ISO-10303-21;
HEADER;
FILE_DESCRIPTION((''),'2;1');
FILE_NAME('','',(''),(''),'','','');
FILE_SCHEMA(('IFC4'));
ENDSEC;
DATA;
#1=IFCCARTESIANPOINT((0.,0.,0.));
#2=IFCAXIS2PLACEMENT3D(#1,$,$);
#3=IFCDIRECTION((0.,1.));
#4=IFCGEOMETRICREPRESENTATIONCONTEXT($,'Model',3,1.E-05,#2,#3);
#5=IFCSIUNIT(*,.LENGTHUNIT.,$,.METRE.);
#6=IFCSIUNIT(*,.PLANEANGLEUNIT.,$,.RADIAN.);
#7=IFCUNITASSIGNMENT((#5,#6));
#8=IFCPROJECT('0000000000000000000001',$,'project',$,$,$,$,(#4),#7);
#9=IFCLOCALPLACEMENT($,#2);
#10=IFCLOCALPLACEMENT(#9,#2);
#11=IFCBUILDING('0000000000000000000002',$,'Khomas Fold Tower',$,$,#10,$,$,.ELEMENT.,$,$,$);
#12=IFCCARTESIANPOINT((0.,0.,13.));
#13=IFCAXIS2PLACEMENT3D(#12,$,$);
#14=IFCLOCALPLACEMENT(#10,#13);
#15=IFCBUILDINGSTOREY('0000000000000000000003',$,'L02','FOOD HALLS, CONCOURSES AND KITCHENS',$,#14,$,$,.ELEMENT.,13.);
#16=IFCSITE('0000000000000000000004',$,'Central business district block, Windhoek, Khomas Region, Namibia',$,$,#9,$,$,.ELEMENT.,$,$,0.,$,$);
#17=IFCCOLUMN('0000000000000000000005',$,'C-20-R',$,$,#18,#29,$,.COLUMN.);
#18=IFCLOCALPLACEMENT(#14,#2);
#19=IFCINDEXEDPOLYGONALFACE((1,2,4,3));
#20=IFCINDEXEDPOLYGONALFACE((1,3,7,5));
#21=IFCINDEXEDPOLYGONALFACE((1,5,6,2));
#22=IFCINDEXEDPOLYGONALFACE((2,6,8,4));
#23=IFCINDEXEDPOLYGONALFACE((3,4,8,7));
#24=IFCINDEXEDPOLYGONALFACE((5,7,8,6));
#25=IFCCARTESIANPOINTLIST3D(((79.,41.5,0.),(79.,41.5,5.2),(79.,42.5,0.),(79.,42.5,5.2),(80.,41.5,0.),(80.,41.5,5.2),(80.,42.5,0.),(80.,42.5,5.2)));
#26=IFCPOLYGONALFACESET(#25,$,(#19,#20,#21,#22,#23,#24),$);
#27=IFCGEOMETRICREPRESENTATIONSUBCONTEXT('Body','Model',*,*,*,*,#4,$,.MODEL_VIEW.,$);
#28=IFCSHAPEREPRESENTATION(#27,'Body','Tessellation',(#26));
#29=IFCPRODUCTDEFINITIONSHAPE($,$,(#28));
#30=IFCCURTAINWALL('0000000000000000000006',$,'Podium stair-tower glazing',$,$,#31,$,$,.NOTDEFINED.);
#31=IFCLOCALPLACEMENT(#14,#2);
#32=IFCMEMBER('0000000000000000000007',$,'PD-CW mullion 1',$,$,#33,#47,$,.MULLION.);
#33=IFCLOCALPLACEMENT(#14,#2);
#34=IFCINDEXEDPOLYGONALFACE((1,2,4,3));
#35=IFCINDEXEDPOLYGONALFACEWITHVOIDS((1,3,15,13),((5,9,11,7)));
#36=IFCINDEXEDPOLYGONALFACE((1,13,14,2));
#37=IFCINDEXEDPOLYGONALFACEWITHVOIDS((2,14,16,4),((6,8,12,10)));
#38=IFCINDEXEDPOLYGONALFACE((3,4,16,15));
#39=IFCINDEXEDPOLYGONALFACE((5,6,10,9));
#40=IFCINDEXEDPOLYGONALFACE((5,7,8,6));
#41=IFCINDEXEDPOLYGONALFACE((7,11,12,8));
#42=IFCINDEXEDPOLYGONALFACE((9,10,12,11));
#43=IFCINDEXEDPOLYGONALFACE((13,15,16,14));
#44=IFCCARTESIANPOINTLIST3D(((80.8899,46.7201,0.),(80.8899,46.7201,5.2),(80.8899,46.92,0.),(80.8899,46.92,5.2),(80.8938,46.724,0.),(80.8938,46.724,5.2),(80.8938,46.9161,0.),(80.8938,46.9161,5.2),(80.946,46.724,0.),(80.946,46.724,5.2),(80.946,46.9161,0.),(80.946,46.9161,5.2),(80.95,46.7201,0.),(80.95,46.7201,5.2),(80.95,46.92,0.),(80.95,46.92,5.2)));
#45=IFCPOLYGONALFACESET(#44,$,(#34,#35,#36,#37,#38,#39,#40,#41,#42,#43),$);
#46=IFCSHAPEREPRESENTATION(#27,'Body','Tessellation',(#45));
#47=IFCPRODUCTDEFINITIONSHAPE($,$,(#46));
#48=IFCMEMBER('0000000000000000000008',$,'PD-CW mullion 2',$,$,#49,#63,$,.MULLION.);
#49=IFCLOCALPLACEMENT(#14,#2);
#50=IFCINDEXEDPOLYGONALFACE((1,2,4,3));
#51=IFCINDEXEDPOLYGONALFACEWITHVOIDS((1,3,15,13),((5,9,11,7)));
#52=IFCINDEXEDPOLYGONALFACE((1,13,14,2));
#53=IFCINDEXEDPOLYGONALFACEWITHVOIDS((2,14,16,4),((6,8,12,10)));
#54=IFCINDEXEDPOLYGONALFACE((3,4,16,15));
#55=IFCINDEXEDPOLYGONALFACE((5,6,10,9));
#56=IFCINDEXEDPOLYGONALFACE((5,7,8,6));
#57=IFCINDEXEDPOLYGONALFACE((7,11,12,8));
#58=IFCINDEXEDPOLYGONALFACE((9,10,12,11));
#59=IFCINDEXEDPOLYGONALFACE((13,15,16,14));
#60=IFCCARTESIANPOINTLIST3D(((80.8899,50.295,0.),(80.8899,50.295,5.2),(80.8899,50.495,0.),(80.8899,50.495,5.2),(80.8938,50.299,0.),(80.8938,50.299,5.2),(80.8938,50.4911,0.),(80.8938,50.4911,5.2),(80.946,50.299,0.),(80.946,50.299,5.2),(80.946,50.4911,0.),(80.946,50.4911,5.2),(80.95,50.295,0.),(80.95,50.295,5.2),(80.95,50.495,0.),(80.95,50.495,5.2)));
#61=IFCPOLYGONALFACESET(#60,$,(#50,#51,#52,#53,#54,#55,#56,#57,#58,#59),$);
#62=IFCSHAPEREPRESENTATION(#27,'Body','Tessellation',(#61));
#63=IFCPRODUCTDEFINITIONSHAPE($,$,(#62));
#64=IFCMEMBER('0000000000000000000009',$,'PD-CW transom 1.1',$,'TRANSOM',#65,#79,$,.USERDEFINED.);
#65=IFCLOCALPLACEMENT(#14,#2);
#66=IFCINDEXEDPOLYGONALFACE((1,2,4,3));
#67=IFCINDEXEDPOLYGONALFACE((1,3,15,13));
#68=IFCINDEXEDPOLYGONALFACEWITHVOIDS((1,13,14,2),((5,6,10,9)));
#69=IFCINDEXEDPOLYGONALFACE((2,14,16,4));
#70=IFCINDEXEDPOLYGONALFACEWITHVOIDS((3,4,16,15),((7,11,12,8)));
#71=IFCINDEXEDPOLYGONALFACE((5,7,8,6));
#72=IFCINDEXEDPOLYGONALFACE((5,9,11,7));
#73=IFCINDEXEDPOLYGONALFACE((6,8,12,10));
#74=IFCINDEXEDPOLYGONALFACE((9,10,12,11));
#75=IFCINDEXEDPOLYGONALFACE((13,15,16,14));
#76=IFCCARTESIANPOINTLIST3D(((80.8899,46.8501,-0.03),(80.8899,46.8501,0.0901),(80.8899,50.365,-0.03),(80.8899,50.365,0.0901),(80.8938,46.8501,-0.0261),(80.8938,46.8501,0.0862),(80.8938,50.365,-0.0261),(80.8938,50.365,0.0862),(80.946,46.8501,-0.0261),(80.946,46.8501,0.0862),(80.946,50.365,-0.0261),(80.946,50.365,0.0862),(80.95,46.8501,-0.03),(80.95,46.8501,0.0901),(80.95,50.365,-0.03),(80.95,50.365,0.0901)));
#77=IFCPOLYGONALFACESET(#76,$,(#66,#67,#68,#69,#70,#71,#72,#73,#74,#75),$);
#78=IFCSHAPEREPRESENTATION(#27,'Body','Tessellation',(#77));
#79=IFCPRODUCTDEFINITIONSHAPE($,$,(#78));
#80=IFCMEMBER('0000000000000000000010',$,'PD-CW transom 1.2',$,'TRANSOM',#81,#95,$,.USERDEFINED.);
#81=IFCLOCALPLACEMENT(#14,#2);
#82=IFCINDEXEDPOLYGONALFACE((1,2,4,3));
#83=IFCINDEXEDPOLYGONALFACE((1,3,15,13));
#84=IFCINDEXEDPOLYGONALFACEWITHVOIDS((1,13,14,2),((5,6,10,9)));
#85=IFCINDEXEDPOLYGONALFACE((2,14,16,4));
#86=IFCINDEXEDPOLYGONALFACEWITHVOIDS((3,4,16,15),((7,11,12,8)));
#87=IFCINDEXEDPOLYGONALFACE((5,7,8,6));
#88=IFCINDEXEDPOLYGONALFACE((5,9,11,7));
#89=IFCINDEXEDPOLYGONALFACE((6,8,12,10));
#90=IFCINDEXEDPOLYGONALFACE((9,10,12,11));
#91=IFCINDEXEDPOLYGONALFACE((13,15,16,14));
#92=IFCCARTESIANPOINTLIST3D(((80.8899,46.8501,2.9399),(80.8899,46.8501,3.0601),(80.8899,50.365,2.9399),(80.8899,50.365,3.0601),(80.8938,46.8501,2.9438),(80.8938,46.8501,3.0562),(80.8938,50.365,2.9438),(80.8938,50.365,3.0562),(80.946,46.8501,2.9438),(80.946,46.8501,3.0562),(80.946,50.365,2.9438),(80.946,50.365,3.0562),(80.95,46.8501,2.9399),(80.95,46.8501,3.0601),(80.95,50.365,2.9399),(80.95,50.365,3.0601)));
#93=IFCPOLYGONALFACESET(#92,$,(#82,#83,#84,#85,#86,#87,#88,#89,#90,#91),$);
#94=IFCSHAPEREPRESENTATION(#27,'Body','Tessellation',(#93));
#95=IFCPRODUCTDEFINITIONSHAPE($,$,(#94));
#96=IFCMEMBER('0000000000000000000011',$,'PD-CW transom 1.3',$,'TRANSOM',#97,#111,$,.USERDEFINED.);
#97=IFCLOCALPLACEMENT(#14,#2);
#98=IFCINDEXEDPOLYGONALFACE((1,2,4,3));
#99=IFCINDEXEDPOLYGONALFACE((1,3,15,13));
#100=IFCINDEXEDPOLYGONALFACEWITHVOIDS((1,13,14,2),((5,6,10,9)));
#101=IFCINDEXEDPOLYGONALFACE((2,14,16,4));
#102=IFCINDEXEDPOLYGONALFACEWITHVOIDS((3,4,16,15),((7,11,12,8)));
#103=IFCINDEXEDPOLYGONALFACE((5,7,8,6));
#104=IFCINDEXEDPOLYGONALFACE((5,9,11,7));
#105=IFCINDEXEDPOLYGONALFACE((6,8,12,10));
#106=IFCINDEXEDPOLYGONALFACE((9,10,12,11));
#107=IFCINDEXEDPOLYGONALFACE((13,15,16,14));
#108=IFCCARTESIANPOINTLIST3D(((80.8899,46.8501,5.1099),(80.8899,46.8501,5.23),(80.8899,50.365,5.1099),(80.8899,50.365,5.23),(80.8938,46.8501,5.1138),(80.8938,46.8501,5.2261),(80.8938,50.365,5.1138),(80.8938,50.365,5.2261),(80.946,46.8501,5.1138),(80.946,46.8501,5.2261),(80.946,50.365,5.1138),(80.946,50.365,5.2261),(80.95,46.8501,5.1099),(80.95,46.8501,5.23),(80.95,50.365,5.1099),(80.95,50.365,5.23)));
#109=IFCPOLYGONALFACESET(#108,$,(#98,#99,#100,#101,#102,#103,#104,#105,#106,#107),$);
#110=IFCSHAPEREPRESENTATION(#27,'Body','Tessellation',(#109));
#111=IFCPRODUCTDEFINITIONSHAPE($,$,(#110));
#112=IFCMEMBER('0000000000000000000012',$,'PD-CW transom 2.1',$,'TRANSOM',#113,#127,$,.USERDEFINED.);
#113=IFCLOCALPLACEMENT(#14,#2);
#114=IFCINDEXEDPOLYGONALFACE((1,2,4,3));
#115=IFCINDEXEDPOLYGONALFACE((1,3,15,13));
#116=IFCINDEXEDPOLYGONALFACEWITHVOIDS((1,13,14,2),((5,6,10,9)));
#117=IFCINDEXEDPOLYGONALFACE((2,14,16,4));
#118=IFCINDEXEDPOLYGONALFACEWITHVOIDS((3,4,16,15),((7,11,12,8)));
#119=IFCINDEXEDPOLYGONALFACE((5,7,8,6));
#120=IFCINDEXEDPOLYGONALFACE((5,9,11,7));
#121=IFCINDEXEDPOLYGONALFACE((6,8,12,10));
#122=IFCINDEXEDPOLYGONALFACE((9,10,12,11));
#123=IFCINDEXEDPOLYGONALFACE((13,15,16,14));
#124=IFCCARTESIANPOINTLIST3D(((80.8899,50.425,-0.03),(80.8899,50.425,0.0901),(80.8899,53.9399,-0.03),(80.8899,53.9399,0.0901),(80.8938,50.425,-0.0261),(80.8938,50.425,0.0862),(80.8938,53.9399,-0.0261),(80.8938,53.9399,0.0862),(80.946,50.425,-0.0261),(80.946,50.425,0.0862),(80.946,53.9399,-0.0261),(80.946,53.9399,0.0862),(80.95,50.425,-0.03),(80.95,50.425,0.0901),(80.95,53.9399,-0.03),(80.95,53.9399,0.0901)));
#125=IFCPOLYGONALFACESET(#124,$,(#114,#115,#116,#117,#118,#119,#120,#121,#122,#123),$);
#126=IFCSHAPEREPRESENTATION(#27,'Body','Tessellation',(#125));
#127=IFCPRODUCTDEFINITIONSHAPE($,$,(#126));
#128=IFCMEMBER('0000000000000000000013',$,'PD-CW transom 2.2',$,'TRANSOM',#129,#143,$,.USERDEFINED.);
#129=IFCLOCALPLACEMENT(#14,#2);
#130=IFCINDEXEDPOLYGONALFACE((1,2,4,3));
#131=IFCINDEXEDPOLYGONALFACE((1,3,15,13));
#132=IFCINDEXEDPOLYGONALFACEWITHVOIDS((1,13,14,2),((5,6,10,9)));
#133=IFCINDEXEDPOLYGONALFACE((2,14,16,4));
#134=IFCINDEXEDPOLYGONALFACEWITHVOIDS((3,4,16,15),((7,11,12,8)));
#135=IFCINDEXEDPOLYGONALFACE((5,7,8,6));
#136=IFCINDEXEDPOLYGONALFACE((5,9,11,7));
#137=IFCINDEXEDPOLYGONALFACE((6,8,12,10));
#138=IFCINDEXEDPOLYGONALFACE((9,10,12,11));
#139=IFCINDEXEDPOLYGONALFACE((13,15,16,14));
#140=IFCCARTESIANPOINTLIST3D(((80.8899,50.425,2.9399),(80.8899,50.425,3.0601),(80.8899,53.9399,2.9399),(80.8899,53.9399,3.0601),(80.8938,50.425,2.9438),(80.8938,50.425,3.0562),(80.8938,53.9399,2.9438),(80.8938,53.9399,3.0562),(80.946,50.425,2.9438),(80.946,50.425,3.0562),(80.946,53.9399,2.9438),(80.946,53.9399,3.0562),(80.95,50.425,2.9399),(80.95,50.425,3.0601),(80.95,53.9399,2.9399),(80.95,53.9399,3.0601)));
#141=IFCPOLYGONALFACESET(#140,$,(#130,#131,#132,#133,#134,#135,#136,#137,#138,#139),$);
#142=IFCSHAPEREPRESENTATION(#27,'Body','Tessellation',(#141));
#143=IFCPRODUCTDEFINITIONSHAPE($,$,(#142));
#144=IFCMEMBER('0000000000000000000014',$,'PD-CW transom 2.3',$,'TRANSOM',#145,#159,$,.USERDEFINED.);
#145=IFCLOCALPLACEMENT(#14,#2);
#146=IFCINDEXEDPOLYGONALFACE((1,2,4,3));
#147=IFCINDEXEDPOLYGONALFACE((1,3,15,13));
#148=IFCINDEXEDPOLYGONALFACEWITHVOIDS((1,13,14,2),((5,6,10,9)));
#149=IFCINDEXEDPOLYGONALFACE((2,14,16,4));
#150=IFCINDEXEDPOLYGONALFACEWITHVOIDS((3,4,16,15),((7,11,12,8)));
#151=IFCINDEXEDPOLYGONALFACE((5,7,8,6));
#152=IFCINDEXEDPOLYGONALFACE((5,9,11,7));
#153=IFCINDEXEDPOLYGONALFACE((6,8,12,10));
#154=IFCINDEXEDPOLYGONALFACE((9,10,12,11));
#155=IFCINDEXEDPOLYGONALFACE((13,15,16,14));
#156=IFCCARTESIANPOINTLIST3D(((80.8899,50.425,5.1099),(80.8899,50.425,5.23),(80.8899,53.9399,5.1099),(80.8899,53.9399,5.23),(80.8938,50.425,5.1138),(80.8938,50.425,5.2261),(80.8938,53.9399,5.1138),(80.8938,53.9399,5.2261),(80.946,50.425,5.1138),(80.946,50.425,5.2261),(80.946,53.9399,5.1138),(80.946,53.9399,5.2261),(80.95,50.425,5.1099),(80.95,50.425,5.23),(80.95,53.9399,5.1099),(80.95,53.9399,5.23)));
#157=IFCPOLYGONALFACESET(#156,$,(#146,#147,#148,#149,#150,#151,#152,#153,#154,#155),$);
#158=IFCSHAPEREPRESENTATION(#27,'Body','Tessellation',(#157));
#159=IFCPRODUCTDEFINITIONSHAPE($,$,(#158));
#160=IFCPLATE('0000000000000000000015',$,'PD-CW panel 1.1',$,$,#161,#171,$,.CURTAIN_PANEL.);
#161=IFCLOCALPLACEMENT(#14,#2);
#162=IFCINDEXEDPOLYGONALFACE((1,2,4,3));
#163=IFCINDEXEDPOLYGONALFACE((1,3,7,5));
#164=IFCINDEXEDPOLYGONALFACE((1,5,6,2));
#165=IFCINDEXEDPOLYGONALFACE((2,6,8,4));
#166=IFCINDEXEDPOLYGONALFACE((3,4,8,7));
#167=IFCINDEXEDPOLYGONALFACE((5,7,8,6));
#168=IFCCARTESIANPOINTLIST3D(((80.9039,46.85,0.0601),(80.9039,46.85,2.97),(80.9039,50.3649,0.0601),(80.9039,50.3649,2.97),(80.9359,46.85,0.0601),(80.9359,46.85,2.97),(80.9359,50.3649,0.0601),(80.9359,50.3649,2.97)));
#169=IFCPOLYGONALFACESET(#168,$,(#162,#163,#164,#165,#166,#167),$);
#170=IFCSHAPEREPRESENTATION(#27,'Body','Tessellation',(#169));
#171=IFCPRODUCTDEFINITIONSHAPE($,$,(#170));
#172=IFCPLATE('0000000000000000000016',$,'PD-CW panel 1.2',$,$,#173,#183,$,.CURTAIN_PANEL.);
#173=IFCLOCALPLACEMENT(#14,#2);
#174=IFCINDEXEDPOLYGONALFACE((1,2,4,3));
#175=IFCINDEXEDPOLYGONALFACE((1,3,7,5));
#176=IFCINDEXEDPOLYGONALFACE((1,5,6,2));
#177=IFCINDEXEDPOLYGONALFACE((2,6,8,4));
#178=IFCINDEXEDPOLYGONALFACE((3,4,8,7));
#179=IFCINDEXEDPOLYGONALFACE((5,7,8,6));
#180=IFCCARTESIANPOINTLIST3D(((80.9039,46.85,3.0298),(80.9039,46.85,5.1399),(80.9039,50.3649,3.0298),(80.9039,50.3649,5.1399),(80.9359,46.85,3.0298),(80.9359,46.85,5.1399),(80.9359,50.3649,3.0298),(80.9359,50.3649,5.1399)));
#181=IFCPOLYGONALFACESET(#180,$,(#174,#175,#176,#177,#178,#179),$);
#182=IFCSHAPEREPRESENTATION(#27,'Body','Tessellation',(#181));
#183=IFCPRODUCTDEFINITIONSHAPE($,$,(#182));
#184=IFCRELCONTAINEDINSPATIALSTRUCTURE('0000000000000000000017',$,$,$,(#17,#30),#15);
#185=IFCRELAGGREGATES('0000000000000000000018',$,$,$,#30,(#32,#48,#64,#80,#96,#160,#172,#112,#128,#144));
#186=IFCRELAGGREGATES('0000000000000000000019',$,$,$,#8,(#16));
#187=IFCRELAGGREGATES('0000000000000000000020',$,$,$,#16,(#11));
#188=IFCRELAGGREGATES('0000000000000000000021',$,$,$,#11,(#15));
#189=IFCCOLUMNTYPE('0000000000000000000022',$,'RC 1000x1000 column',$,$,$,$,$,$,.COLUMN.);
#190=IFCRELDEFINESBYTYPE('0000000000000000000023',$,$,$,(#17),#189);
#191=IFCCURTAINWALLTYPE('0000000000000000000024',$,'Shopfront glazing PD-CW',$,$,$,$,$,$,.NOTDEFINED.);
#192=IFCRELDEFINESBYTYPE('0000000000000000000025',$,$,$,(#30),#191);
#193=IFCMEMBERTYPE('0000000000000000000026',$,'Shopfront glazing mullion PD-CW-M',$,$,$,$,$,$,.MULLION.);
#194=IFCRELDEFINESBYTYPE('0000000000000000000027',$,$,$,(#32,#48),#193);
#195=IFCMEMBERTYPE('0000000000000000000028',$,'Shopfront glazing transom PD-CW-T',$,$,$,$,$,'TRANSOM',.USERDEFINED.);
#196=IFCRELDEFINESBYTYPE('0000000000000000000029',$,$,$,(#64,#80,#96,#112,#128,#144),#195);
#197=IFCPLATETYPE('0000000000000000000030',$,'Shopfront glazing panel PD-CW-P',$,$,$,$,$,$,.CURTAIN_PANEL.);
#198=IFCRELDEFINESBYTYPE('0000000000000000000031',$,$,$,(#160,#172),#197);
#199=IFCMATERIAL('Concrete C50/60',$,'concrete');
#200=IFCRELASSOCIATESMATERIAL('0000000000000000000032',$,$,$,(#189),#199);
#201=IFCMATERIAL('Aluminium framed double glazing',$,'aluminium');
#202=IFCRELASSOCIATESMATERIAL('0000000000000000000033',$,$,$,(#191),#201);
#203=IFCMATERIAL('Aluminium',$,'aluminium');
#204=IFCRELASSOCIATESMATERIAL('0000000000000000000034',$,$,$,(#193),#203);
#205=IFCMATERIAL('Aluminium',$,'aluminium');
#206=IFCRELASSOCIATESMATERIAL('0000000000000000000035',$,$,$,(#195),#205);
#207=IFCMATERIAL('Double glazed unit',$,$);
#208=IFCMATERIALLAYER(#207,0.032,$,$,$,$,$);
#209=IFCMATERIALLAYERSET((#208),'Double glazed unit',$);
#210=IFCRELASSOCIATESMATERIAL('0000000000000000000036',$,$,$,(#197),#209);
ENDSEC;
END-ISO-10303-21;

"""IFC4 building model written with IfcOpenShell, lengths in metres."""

from ifc_helpers import new_model, si_unit, direction, frame, origin, origin_2d, place, context, subcontext, project, spatial, rectangle, hollow_rectangle, extrude, source, transform, mapped, material, layer, layer_set, material_profile, profile_set, type_object, element, aggregate, save


model = new_model("IFC4")

# Units and contexts
model_context = context("Model", 3, precision=1e-05, world=origin(), true_north=direction((0.0, 1.0)))
body_context = subcontext(model_context, "Body", "Model", "MODEL_VIEW")
ifc_project = project(units=[si_unit("LENGTHUNIT", "METRE"), si_unit("PLANEANGLEUNIT", "RADIAN")], contexts=[model_context])

# Site, building, storey
site_placement = place(None, origin())
site = spatial("IfcSite", under=ifc_project, at=site_placement, Name="Central business district block, Windhoek, Khomas Region, Namibia", CompositionType="ELEMENT", RefElevation=0.0)
building_placement = place(site_placement, origin())
building = spatial("IfcBuilding", under=site, at=building_placement, Name="Khomas Fold Tower", CompositionType="ELEMENT")
storey_placement = place(building_placement, frame((0.0, 0.0, 13.0)))
storey = spatial("IfcBuildingStorey", under=building, at=storey_placement, Name="L02", Description="FOOD HALLS, CONCOURSES AND KITCHENS", CompositionType="ELEMENT", Elevation=13.0)

# Column
ifc_material_1 = material(Name="Concrete C50/60", Category="concrete")
ifc_material_profile_1 = material_profile(ifc_material_1, rectangle(XDim=1.0, YDim=1.0, at=origin_2d()), Name="RC 1000x1000")
ifc_profile_set_1 = profile_set([ifc_material_profile_1], Name="Concrete C50/60")
column_type = type_object("IfcColumnType", Name="RC 1000x1000 column", PredefinedType="COLUMN", material=ifc_profile_set_1)
shared_shape_1 = source(origin(), body_context, "Body", "SweptSolid", [
    extrude(rectangle(XDim=1.0, YDim=1.0, at=origin_2d()), origin(), (0.0, 0.0, 1.0), 5.2),
])
column_placement = place(storey_placement, frame((79.5, 42.0, 0.0), z_axis=(0.0, 0.0, 1.0), x_axis=(1.0, 0.0, 0.0)))
element("IfcColumn", 1, at=column_placement, inside=storey, type_object=column_type, Name="C-20-R", PredefinedType="COLUMN", context=body_context, shape_type="MappedRepresentation", body=[
    mapped(shared_shape_1, transform((0.0, 0.0, 0.0))),
])

# Curtain wall, members, plates
ifc_material_2 = material(Name="Aluminium framed double glazing", Category="aluminium")
curtain_wall_type = type_object("IfcCurtainWallType", Name="Shopfront glazing PD-CW", PredefinedType="NOTDEFINED", material=ifc_material_2)
curtain_wall_placement = place(storey_placement, origin())
curtain_wall = element("IfcCurtainWall", 2, at=curtain_wall_placement, inside=storey, type_object=curtain_wall_type, Name="Podium stair-tower glazing", PredefinedType="NOTDEFINED")
ifc_material_3 = material(Name="Aluminium", Category="aluminium")
ifc_material_profile_2 = material_profile(ifc_material_3, hollow_rectangle(XDim=0.0601, YDim=0.2, WallThickness=0.0039, at=origin_2d()), Name="Shopfront glazing mullion PD-CW-M")
ifc_profile_set_2 = profile_set([ifc_material_profile_2], Name="Aluminium")
member_type_1 = type_object("IfcMemberType", Name="Shopfront glazing mullion PD-CW-M", PredefinedType="MULLION", material=ifc_profile_set_2)
shared_shape_2 = source(origin(), body_context, "Body", "SweptSolid", [
    extrude(hollow_rectangle(XDim=0.0601, YDim=0.2, WallThickness=0.0039, at=origin_2d()), origin(), (0.0, 0.0, 1.0), 5.2),
])
member_1_placement = place(storey_placement, frame((80.9199, 46.8201, 0.0), z_axis=(0.0, 0.0, 1.0), x_axis=(-1.0, 0.0, 0.0)))
member_1 = element("IfcMember", 3, at=member_1_placement, type_object=member_type_1, Name="PD-CW mullion 1", PredefinedType="MULLION", context=body_context, shape_type="MappedRepresentation", body=[
    mapped(shared_shape_2, transform((0.0, 0.0, 0.0))),
])
member_2_placement = place(storey_placement, frame((80.9199, 50.395, 0.0), z_axis=(0.0, 0.0, 1.0), x_axis=(-1.0, 0.0, 0.0)))
member_2 = element("IfcMember", 4, at=member_2_placement, type_object=member_type_1, Name="PD-CW mullion 2", PredefinedType="MULLION", context=body_context, shape_type="MappedRepresentation", body=[
    mapped(shared_shape_2, transform((0.0, 0.0, 0.0))),
])
ifc_material_4 = material(Name="Aluminium", Category="aluminium")
ifc_material_profile_3 = material_profile(ifc_material_4, hollow_rectangle(XDim=0.0601, YDim=0.1201, WallThickness=0.0039, at=origin_2d()), Name="Shopfront glazing transom PD-CW-T")
ifc_profile_set_3 = profile_set([ifc_material_profile_3], Name="Aluminium")
member_type_2 = type_object("IfcMemberType", Name="Shopfront glazing transom PD-CW-T", ElementType="TRANSOM", PredefinedType="USERDEFINED", material=ifc_profile_set_3)
shared_shape_3 = source(origin(), body_context, "Body", "SweptSolid", [
    extrude(hollow_rectangle(XDim=0.0601, YDim=0.1201, WallThickness=0.0039, at=origin_2d()), origin(), (0.0, 0.0, 1.0), 3.5149),
])
member_3_placement = place(storey_placement, frame((80.9199, 46.8501, 0.03), z_axis=(0.0, 1.0, 0.0), x_axis=(-1.0, 0.0, 0.0)))
member_3 = element("IfcMember", 5, at=member_3_placement, type_object=member_type_2, Name="PD-CW transom 1.1", ObjectType="TRANSOM", PredefinedType="USERDEFINED", context=body_context, shape_type="MappedRepresentation", body=[
    mapped(shared_shape_3, transform((0.0, 0.0, 0.0))),
])
member_4_placement = place(storey_placement, frame((80.9199, 46.8501, 3.0), z_axis=(0.0, 1.0, 0.0), x_axis=(-1.0, 0.0, 0.0)))
member_4 = element("IfcMember", 6, at=member_4_placement, type_object=member_type_2, Name="PD-CW transom 1.2", ObjectType="TRANSOM", PredefinedType="USERDEFINED", context=body_context, shape_type="MappedRepresentation", body=[
    mapped(shared_shape_3, transform((0.0, 0.0, 0.0))),
])
member_5_placement = place(storey_placement, frame((80.9199, 46.8501, 5.1699), z_axis=(0.0, 1.0, 0.0), x_axis=(-1.0, 0.0, 0.0)))
member_5 = element("IfcMember", 7, at=member_5_placement, type_object=member_type_2, Name="PD-CW transom 1.3", ObjectType="TRANSOM", PredefinedType="USERDEFINED", context=body_context, shape_type="MappedRepresentation", body=[
    mapped(shared_shape_3, transform((0.0, 0.0, 0.0))),
])
member_6_placement = place(storey_placement, frame((80.9199, 50.425, 0.03), z_axis=(0.0, 1.0, 0.0), x_axis=(-1.0, 0.0, 0.0)))
member_6 = element("IfcMember", 8, at=member_6_placement, type_object=member_type_2, Name="PD-CW transom 2.1", ObjectType="TRANSOM", PredefinedType="USERDEFINED", context=body_context, shape_type="MappedRepresentation", body=[
    mapped(shared_shape_3, transform((0.0, 0.0, 0.0))),
])
member_7_placement = place(storey_placement, frame((80.9199, 50.425, 3.0), z_axis=(0.0, 1.0, 0.0), x_axis=(-1.0, 0.0, 0.0)))
member_7 = element("IfcMember", 9, at=member_7_placement, type_object=member_type_2, Name="PD-CW transom 2.2", ObjectType="TRANSOM", PredefinedType="USERDEFINED", context=body_context, shape_type="MappedRepresentation", body=[
    mapped(shared_shape_3, transform((0.0, 0.0, 0.0))),
])
member_8_placement = place(storey_placement, frame((80.9199, 50.425, 5.1699), z_axis=(0.0, 1.0, 0.0), x_axis=(-1.0, 0.0, 0.0)))
member_8 = element("IfcMember", 10, at=member_8_placement, type_object=member_type_2, Name="PD-CW transom 2.3", ObjectType="TRANSOM", PredefinedType="USERDEFINED", context=body_context, shape_type="MappedRepresentation", body=[
    mapped(shared_shape_3, transform((0.0, 0.0, 0.0))),
])
ifc_material_5 = material(Name="Double glazed unit")
ifc_layer_1 = layer(ifc_material_5, 0.032)
ifc_layer_set_1 = layer_set([ifc_layer_1], Name="Double glazed unit")
plate_type = type_object("IfcPlateType", Name="Shopfront glazing panel PD-CW-P", PredefinedType="CURTAIN_PANEL", material=ifc_layer_set_1)
shared_shape_4 = source(origin(), body_context, "Body", "SweptSolid", [
    extrude(rectangle(XDim=3.5149, YDim=0.032, at=origin_2d()), origin(), (0.0, 0.0, 1.0), 2.9099),
])
plate_1_placement = place(storey_placement, frame((80.9199, 48.6074, 0.0601), z_axis=(0.0, 0.0, 1.0), x_axis=(0.0, 1.0, 0.0)))
plate_1 = element("IfcPlate", 11, at=plate_1_placement, type_object=plate_type, Name="PD-CW panel 1.1", PredefinedType="CURTAIN_PANEL", context=body_context, shape_type="MappedRepresentation", body=[
    mapped(shared_shape_4, transform((0.0, 0.0, 0.0))),
])
shared_shape_5 = source(origin(), body_context, "Body", "SweptSolid", [
    extrude(rectangle(XDim=3.5149, YDim=0.032, at=origin_2d()), origin(), (0.0, 0.0, 1.0), 2.1101),
])
plate_2_placement = place(storey_placement, frame((80.9199, 48.6074, 3.0298), z_axis=(0.0, 0.0, 1.0), x_axis=(0.0, 1.0, 0.0)))
plate_2 = element("IfcPlate", 12, at=plate_2_placement, type_object=plate_type, Name="PD-CW panel 1.2", PredefinedType="CURTAIN_PANEL", context=body_context, shape_type="MappedRepresentation", body=[
    mapped(shared_shape_5, transform((0.0, 0.0, 0.0))),
])
aggregate(curtain_wall, [member_1, member_2, member_3, member_4, member_5, plate_1, plate_2, member_6, member_7, member_8])

save(model, "model.ifc")
